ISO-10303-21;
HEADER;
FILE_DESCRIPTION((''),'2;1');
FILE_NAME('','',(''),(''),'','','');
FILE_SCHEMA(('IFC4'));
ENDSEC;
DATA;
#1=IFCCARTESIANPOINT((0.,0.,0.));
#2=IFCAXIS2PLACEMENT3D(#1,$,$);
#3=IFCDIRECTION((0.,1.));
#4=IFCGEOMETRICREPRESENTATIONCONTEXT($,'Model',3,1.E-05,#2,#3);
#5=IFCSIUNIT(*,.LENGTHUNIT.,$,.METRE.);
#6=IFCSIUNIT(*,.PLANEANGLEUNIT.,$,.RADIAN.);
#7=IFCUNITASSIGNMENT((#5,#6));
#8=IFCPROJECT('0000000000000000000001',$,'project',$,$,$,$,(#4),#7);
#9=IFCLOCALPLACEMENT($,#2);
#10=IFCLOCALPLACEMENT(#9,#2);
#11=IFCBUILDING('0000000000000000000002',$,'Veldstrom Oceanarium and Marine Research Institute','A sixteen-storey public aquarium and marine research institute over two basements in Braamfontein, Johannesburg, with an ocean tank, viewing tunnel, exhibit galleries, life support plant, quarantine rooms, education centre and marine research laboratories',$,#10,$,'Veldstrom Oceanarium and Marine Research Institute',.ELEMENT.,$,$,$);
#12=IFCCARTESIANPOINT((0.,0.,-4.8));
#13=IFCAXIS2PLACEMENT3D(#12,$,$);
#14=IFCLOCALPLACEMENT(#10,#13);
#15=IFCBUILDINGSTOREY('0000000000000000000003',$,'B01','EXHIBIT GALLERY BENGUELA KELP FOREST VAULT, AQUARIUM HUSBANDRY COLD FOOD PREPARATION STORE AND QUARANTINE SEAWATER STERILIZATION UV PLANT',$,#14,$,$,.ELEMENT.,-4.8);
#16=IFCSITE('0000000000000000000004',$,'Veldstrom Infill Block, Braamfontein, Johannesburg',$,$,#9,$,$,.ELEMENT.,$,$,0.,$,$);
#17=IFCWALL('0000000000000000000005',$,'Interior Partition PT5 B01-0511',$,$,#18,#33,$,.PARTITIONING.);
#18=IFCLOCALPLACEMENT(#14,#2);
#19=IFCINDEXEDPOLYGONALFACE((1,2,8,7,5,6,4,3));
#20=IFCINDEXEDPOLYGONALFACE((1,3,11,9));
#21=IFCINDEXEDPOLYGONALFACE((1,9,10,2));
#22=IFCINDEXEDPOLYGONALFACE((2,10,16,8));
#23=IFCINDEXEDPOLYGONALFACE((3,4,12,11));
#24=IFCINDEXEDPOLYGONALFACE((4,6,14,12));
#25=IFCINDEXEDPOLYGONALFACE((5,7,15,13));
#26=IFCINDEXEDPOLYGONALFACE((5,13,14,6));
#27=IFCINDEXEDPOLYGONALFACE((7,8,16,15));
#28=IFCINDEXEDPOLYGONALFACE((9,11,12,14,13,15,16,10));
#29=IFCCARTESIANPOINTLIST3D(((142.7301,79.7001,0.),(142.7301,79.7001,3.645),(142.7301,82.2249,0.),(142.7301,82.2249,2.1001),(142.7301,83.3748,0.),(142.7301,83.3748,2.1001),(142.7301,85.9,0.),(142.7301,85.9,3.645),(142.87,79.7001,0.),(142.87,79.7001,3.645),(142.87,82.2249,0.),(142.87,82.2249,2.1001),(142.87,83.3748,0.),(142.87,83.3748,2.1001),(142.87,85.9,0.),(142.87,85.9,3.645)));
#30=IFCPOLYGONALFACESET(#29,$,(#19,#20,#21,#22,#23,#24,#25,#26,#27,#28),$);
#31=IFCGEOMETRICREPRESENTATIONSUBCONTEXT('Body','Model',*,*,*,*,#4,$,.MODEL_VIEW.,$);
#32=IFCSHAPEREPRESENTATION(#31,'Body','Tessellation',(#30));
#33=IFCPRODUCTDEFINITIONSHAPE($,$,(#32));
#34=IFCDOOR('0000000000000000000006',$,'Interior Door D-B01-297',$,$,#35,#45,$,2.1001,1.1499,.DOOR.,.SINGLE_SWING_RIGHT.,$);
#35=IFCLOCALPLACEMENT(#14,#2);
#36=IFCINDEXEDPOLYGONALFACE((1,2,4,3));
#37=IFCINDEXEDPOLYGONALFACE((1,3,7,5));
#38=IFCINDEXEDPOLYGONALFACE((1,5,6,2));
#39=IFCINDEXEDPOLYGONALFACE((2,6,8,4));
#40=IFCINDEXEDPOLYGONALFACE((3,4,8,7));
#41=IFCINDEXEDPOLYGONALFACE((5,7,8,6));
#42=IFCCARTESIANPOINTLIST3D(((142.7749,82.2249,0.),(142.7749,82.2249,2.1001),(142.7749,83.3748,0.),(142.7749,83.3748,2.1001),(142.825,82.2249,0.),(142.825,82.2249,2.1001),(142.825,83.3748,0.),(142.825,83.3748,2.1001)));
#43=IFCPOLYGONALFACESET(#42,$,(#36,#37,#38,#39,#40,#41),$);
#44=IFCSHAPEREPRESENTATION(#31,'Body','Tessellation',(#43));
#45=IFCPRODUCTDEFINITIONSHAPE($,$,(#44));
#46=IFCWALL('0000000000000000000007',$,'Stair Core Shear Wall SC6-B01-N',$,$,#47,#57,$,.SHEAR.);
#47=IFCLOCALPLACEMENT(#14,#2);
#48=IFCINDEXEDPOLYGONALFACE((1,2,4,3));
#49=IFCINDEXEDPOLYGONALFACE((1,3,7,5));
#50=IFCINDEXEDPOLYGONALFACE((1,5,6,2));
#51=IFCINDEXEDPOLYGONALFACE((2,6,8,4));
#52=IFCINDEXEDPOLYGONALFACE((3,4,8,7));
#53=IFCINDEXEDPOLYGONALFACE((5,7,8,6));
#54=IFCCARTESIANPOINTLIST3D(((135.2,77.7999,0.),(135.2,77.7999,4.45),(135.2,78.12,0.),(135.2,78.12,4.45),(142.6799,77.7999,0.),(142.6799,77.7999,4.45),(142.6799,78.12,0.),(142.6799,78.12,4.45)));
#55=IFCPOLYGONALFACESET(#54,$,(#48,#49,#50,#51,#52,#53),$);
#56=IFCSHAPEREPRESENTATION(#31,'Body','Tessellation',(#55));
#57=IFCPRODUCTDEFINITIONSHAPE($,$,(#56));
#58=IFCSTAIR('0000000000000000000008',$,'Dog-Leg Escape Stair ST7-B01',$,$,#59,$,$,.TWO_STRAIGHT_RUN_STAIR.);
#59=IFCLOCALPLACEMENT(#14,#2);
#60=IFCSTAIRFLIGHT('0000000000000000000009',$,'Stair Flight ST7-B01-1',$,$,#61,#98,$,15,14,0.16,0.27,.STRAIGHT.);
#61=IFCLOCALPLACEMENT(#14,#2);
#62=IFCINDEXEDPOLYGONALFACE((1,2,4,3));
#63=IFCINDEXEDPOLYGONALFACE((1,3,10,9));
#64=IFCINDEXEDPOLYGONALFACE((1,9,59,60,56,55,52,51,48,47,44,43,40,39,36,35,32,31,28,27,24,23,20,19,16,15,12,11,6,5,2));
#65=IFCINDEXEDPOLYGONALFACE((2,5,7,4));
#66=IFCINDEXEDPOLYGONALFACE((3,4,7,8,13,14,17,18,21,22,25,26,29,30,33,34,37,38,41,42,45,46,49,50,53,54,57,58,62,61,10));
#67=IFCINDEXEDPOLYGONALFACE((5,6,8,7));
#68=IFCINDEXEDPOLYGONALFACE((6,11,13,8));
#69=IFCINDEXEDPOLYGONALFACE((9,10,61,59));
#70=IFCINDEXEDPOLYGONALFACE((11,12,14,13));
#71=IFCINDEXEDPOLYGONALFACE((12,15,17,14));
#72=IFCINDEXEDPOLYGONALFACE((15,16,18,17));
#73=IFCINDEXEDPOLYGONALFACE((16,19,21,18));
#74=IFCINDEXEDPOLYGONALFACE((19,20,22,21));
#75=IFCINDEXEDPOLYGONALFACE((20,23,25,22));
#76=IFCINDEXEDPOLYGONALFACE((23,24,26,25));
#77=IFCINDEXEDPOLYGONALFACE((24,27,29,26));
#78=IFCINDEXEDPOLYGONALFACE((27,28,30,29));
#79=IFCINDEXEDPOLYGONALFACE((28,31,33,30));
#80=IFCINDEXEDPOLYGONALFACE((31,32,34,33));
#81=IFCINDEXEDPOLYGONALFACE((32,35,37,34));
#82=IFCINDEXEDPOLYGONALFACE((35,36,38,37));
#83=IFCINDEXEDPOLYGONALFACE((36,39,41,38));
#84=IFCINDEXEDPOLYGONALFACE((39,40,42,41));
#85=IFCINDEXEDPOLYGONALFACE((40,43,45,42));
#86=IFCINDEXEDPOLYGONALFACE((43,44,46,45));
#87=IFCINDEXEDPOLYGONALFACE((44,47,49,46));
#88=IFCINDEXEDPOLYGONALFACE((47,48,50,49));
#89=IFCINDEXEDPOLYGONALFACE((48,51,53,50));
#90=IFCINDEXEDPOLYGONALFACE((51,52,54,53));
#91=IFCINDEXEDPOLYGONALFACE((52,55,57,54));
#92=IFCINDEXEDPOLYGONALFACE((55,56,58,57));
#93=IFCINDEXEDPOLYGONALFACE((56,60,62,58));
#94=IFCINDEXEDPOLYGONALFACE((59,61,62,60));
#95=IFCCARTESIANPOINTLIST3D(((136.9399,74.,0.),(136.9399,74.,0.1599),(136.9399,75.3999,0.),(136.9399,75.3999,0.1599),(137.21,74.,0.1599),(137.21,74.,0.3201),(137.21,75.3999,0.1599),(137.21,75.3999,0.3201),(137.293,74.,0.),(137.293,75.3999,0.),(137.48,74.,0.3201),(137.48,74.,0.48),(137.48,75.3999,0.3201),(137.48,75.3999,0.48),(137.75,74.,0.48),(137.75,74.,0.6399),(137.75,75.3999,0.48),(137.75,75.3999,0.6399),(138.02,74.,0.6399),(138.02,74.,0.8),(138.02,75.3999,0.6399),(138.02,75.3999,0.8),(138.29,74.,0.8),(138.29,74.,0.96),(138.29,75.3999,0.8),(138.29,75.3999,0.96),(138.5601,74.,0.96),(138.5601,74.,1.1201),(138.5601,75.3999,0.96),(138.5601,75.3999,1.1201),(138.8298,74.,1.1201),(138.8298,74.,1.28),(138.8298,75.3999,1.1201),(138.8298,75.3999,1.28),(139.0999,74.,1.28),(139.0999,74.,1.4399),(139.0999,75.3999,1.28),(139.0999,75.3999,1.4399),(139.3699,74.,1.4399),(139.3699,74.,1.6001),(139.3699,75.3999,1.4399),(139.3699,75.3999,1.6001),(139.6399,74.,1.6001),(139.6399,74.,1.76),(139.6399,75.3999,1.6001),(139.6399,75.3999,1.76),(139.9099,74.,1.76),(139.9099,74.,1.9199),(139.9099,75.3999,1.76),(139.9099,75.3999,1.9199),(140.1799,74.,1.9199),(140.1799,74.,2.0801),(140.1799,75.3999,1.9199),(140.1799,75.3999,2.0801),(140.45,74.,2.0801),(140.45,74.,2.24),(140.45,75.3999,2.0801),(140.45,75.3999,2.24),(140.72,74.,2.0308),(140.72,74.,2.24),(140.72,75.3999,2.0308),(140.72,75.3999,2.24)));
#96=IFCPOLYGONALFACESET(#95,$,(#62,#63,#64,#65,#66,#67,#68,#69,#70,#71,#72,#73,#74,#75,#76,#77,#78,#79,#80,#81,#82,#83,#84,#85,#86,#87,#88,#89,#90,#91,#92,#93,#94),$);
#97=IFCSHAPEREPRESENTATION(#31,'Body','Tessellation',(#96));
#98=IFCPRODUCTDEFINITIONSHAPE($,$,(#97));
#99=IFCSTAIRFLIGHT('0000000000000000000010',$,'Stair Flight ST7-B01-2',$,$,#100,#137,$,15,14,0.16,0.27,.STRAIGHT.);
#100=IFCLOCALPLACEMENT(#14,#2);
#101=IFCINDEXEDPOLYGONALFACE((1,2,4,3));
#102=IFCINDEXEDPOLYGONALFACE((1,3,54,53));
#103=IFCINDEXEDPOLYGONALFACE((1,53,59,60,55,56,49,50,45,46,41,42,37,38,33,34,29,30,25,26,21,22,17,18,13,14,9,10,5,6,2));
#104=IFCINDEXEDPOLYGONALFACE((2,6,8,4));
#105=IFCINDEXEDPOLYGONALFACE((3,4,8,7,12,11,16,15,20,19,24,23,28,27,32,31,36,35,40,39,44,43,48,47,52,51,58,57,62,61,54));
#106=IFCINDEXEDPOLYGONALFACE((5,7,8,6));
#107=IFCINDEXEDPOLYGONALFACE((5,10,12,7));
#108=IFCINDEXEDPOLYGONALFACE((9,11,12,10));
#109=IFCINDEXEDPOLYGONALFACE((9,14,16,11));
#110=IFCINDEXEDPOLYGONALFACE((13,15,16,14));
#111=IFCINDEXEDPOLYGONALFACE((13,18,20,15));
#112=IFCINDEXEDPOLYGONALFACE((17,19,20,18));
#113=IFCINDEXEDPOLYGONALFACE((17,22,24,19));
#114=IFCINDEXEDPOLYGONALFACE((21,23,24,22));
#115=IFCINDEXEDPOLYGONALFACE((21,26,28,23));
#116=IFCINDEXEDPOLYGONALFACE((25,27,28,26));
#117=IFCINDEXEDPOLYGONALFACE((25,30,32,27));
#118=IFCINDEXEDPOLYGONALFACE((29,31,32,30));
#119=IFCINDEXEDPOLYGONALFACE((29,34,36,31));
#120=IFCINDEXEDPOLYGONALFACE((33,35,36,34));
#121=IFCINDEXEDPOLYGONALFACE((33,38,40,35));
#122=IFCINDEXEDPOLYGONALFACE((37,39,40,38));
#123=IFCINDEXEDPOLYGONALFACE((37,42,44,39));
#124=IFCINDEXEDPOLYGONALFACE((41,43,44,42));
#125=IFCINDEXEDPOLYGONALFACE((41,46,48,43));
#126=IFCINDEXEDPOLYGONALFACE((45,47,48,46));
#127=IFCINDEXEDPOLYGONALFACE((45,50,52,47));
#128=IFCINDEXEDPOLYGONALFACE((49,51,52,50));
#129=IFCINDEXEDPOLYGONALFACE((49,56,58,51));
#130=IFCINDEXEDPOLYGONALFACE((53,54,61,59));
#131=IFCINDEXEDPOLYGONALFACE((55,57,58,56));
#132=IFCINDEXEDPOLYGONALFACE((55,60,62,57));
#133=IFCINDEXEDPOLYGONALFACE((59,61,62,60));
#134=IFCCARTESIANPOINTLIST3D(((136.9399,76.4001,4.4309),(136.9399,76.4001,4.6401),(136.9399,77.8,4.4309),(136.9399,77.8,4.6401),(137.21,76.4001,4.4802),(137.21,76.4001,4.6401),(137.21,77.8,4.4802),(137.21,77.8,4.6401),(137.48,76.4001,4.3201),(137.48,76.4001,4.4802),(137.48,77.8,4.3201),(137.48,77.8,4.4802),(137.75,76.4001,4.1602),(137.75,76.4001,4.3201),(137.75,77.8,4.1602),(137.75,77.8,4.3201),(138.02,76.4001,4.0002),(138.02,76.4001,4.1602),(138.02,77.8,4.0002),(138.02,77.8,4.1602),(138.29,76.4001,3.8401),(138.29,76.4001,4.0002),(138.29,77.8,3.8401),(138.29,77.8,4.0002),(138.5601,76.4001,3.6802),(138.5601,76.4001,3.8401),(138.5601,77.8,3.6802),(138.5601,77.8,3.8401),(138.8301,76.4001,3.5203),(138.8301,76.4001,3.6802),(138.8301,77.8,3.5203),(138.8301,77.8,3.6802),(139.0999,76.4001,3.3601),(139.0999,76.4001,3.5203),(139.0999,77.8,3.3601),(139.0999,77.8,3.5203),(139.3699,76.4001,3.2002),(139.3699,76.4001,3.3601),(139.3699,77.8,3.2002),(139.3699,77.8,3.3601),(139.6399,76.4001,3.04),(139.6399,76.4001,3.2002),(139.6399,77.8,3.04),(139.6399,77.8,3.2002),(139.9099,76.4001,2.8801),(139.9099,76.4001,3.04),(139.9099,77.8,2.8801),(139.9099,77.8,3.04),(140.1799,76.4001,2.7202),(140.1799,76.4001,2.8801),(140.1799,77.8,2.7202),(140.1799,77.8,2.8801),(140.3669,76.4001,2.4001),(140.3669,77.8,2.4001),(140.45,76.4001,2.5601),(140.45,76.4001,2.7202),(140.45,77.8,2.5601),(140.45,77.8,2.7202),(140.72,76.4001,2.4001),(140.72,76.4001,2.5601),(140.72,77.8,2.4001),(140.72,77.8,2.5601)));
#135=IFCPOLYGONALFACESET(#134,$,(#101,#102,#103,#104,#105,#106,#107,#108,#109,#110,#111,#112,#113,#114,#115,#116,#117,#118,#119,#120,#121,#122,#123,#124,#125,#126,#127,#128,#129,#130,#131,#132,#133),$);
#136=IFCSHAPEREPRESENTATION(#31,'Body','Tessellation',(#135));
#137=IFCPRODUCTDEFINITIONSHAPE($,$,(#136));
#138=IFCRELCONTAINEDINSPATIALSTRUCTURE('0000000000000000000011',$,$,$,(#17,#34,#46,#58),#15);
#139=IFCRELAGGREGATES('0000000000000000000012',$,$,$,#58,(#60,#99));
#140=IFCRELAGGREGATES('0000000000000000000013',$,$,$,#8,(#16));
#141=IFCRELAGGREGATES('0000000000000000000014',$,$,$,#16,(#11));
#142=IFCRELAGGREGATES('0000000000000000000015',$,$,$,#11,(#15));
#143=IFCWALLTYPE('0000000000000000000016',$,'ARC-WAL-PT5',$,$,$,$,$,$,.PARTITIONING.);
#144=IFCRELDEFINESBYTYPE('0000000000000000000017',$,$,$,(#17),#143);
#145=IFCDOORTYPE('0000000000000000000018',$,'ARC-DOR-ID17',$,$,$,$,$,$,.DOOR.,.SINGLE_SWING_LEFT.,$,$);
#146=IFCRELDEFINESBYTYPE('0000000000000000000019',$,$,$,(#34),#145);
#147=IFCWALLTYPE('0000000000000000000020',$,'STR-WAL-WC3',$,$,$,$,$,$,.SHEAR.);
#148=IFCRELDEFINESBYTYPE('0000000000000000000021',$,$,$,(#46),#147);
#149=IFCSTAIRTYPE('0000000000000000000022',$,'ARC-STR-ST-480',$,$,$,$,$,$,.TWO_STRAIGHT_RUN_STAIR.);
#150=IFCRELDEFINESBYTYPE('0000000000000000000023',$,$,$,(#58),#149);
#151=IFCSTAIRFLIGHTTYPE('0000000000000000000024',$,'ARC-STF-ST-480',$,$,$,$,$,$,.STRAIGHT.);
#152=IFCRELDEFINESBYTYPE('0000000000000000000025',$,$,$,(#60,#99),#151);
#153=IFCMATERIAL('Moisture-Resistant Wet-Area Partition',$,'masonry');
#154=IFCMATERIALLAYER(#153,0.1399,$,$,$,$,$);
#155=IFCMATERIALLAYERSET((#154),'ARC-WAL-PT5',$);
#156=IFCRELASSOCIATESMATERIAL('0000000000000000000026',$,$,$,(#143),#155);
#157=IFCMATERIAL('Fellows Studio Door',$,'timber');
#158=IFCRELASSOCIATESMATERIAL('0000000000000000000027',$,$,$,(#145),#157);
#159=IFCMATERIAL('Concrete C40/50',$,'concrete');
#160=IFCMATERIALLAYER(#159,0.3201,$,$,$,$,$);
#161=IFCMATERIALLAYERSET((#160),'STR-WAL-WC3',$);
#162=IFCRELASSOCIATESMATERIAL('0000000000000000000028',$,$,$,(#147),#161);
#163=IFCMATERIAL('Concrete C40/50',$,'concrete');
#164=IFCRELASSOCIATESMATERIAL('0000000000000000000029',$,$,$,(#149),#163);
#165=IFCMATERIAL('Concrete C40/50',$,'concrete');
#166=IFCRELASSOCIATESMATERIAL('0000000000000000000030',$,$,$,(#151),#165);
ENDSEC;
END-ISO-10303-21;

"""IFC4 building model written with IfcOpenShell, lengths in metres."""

from ifc_helpers import new_model, si_unit, direction, frame, frame_2d, origin, place, context, subcontext, project, spatial, polyline, rectangle, outline, extrude, material, layer, layer_set, type_object, element, fill, aggregate, save


model = new_model("IFC4")

# Units and contexts
model_context = context("Model", 3, precision=1e-05, world=origin(), true_north=direction((0.0, 1.0)))
body_context = subcontext(model_context, "Body", "Model", "MODEL_VIEW")
ifc_project = project(units=[si_unit("LENGTHUNIT", "METRE"), si_unit("PLANEANGLEUNIT", "RADIAN")], contexts=[model_context])

# Site, building, storey
site_placement = place(None, origin())
site = spatial("IfcSite", under=ifc_project, at=site_placement, Name="Veldstrom Infill Block, Braamfontein, Johannesburg", CompositionType="ELEMENT", RefElevation=0.0)
building_placement = place(site_placement, origin())
building = spatial("IfcBuilding", under=site, at=building_placement, Name="Veldstrom Oceanarium and Marine Research Institute", Description="A sixteen-storey public aquarium and marine research institute over two basements in Braamfontein, Johannesburg, with an ocean tank, viewing tunnel, exhibit galleries, life support plant, quarantine rooms, education centre and marine research laboratories", LongName="Veldstrom Oceanarium and Marine Research Institute", CompositionType="ELEMENT")
storey_placement = place(building_placement, frame((0.0, 0.0, -4.8)))
storey = spatial("IfcBuildingStorey", under=building, at=storey_placement, Name="B01", Description="EXHIBIT GALLERY BENGUELA KELP FOREST VAULT, AQUARIUM HUSBANDRY COLD FOOD PREPARATION STORE AND QUARANTINE SEAWATER STERILIZATION UV PLANT", CompositionType="ELEMENT", Elevation=-4.8)

# Wall, opening, door
ifc_material_1 = material(Name="Moisture-Resistant Wet-Area Partition", Category="masonry")
ifc_layer_1 = layer(ifc_material_1, 0.1399)
ifc_layer_set_1 = layer_set([ifc_layer_1], Name="ARC-WAL-PT5")
wall_type_1 = type_object("IfcWallType", Name="ARC-WAL-PT5", PredefinedType="PARTITIONING", material=ifc_layer_set_1)
wall_1_placement = place(storey_placement, frame((142.8, 79.7, 0.0), z_axis=(0.0, 0.0, 1.0), x_axis=(0.0, 1.0, 0.0)))
wall_1 = element("IfcWall", 1, at=wall_1_placement, inside=storey, type_object=wall_type_1, Name="Interior Partition PT5 B01-0511", PredefinedType="PARTITIONING", context=body_context, shape_type="SweptSolid", body=[
    extrude(rectangle(XDim=6.2, YDim=0.1399, at=frame_2d((3.1001, 0.0))), origin(), (0.0, 0.0, 1.0), 3.645),
])
opening_1_placement = place(wall_1_placement, frame((2.5249, 0.0, 0.0)))
opening_1 = element("IfcOpeningElement", 2, at=opening_1_placement, cuts=wall_1, PredefinedType="OPENING", context=body_context, shape_type="SweptSolid", body=[
    extrude(rectangle(XDim=1.1499, YDim=2.1001, at=frame_2d((0.575, 1.05))), frame((0.0, 0.0798, 0.0), z_axis=(0.0, -1.0, 0.0), x_axis=(1.0, 0.0, 0.0)), (0.0, 0.0, 1.0), 0.1599),
])
ifc_material_2 = material(Name="Fellows Studio Door", Category="timber")
door_type_1 = type_object("IfcDoorType", Name="ARC-DOR-ID17", OperationType="SINGLE_SWING_LEFT", PredefinedType="DOOR", material=ifc_material_2)
door_1_placement = place(opening_1_placement, frame((1.1499, 0.0, 0.0), z_axis=(0.0, 0.0, 1.0), x_axis=(-1.0, 0.0, 0.0)))
door_1 = element("IfcDoor", 3, at=door_1_placement, inside=storey, type_object=door_type_1, Name="Interior Door D-B01-297", OperationType="SINGLE_SWING_RIGHT", OverallHeight=2.1001, OverallWidth=1.1499, PredefinedType="DOOR", context=body_context, shape_type="SweptSolid", body=[
    extrude(rectangle(XDim=1.1499, YDim=2.1001, at=frame_2d((0.575, 1.05))), frame((0.0, 0.0249, 0.0), z_axis=(0.0, -1.0, 0.0), x_axis=(1.0, 0.0, 0.0)), (0.0, 0.0, 1.0), 0.05),
])
fill(opening_1, door_1)

# Wall
ifc_material_3 = material(Name="Concrete C40/50", Category="concrete")
ifc_layer_2 = layer(ifc_material_3, 0.3201)
ifc_layer_set_2 = layer_set([ifc_layer_2], Name="STR-WAL-WC3")
wall_type_2 = type_object("IfcWallType", Name="STR-WAL-WC3", PredefinedType="SHEAR", material=ifc_layer_set_2)
wall_2_placement = place(storey_placement, frame((135.2, 77.96, 0.0), z_axis=(0.0, 0.0, 1.0), x_axis=(1.0, 0.0, 0.0)))
element("IfcWall", 4, at=wall_2_placement, inside=storey, type_object=wall_type_2, Name="Stair Core Shear Wall SC6-B01-N", PredefinedType="SHEAR", context=body_context, shape_type="SweptSolid", body=[
    extrude(rectangle(XDim=7.48, YDim=0.3201, at=frame_2d((3.74, 0.0))), origin(), (0.0, 0.0, 1.0), 4.45),
])

# Stair, stair flights
ifc_material_4 = material(Name="Concrete C40/50", Category="concrete")
stair_type = type_object("IfcStairType", Name="ARC-STR-ST-480", PredefinedType="TWO_STRAIGHT_RUN_STAIR", material=ifc_material_4)
stair_placement = place(storey_placement, origin())
stair = element("IfcStair", 5, at=stair_placement, inside=storey, type_object=stair_type, Name="Dog-Leg Escape Stair ST7-B01", PredefinedType="TWO_STRAIGHT_RUN_STAIR")
ifc_material_5 = material(Name="Concrete C40/50", Category="concrete")
stair_flight_type = type_object("IfcStairFlightType", Name="ARC-STF-ST-480", PredefinedType="STRAIGHT", material=ifc_material_5)
stair_flight_1_placement = place(storey_placement, frame((136.9399, 74.7, 0.0), z_axis=(0.0, 0.0, 1.0), x_axis=(1.0, 0.0, 0.0)))
stair_flight_1 = element("IfcStairFlight", 6, at=stair_flight_1_placement, type_object=stair_flight_type, Name="Stair Flight ST7-B01-1", NumberOfRisers=15, NumberOfTreads=14, PredefinedType="STRAIGHT", RiserHeight=0.16, TreadLength=0.27, context=body_context, shape_type="SweptSolid", body=[
    extrude(outline(polyline([(0.0, 0.0), (0.0, 0.1599), (0.27, 0.1599), (0.27, 0.3201), (0.54, 0.3201), (0.54, 0.48), (0.8101, 0.48), (0.8101, 0.6399), (1.0801, 0.6399), (1.0801, 0.8), (1.3501, 0.8), (1.3501, 0.96), (1.6201, 0.96), (1.6201, 1.1201), (1.8899, 1.1201), (1.8899, 1.28), (2.1599, 1.28), (2.1599, 1.4399), (2.4299, 1.4399), (2.4299, 1.6001), (2.7, 1.6001), (2.7, 1.76), (2.97, 1.76), (2.97, 1.9199), (3.24, 1.9199), (3.24, 2.0801), (3.51, 2.0801), (3.51, 2.24), (3.78, 2.24), (3.78, 2.3999), (3.78, 2.0308), (0.353, 0.0), (0.0, 0.0)])), frame((0.0, 0.7, 0.0), z_axis=(0.0, -1.0, 0.0), x_axis=(1.0, 0.0, 0.0)), (0.0, 0.0, 1.0), 1.3999),
])
stair_flight_2_placement = place(storey_placement, frame((140.72, 77.1001, 2.4001), z_axis=(0.0, 0.0, 1.0), x_axis=(-1.0, 0.0, 0.0)))
stair_flight_2 = element("IfcStairFlight", 7, at=stair_flight_2_placement, type_object=stair_flight_type, Name="Stair Flight ST7-B01-2", NumberOfRisers=15, NumberOfTreads=14, PredefinedType="STRAIGHT", RiserHeight=0.16, TreadLength=0.27, context=body_context, shape_type="SweptSolid", body=[
    extrude(outline(polyline([(0.0, 0.0), (0.0, 0.1599), (0.27, 0.1599), (0.27, 0.3201), (0.54, 0.3201), (0.54, 0.48), (0.8101, 0.48), (0.8101, 0.6399), (1.0801, 0.6399), (1.0801, 0.8), (1.3501, 0.8), (1.3501, 0.96), (1.6201, 0.96), (1.6201, 1.1201), (1.8899, 1.1201), (1.8899, 1.28), (2.1599, 1.28), (2.1599, 1.4399), (2.4299, 1.4399), (2.4299, 1.6001), (2.7, 1.6001), (2.7, 1.76), (2.97, 1.76), (2.97, 1.9199), (3.24, 1.9199), (3.24, 2.0801), (3.51, 2.0801), (3.51, 2.24), (3.78, 2.24), (3.78, 2.3999), (3.78, 2.0308), (0.353, 0.0), (0.0, 0.0)])), frame((0.0, 0.7, 0.0), z_axis=(0.0, -1.0, 0.0), x_axis=(1.0, 0.0, 0.0)), (0.0, 0.0, 1.0), 1.3999),
])
aggregate(stair, [stair_flight_1, stair_flight_2])

save(model, "model.ifc")
